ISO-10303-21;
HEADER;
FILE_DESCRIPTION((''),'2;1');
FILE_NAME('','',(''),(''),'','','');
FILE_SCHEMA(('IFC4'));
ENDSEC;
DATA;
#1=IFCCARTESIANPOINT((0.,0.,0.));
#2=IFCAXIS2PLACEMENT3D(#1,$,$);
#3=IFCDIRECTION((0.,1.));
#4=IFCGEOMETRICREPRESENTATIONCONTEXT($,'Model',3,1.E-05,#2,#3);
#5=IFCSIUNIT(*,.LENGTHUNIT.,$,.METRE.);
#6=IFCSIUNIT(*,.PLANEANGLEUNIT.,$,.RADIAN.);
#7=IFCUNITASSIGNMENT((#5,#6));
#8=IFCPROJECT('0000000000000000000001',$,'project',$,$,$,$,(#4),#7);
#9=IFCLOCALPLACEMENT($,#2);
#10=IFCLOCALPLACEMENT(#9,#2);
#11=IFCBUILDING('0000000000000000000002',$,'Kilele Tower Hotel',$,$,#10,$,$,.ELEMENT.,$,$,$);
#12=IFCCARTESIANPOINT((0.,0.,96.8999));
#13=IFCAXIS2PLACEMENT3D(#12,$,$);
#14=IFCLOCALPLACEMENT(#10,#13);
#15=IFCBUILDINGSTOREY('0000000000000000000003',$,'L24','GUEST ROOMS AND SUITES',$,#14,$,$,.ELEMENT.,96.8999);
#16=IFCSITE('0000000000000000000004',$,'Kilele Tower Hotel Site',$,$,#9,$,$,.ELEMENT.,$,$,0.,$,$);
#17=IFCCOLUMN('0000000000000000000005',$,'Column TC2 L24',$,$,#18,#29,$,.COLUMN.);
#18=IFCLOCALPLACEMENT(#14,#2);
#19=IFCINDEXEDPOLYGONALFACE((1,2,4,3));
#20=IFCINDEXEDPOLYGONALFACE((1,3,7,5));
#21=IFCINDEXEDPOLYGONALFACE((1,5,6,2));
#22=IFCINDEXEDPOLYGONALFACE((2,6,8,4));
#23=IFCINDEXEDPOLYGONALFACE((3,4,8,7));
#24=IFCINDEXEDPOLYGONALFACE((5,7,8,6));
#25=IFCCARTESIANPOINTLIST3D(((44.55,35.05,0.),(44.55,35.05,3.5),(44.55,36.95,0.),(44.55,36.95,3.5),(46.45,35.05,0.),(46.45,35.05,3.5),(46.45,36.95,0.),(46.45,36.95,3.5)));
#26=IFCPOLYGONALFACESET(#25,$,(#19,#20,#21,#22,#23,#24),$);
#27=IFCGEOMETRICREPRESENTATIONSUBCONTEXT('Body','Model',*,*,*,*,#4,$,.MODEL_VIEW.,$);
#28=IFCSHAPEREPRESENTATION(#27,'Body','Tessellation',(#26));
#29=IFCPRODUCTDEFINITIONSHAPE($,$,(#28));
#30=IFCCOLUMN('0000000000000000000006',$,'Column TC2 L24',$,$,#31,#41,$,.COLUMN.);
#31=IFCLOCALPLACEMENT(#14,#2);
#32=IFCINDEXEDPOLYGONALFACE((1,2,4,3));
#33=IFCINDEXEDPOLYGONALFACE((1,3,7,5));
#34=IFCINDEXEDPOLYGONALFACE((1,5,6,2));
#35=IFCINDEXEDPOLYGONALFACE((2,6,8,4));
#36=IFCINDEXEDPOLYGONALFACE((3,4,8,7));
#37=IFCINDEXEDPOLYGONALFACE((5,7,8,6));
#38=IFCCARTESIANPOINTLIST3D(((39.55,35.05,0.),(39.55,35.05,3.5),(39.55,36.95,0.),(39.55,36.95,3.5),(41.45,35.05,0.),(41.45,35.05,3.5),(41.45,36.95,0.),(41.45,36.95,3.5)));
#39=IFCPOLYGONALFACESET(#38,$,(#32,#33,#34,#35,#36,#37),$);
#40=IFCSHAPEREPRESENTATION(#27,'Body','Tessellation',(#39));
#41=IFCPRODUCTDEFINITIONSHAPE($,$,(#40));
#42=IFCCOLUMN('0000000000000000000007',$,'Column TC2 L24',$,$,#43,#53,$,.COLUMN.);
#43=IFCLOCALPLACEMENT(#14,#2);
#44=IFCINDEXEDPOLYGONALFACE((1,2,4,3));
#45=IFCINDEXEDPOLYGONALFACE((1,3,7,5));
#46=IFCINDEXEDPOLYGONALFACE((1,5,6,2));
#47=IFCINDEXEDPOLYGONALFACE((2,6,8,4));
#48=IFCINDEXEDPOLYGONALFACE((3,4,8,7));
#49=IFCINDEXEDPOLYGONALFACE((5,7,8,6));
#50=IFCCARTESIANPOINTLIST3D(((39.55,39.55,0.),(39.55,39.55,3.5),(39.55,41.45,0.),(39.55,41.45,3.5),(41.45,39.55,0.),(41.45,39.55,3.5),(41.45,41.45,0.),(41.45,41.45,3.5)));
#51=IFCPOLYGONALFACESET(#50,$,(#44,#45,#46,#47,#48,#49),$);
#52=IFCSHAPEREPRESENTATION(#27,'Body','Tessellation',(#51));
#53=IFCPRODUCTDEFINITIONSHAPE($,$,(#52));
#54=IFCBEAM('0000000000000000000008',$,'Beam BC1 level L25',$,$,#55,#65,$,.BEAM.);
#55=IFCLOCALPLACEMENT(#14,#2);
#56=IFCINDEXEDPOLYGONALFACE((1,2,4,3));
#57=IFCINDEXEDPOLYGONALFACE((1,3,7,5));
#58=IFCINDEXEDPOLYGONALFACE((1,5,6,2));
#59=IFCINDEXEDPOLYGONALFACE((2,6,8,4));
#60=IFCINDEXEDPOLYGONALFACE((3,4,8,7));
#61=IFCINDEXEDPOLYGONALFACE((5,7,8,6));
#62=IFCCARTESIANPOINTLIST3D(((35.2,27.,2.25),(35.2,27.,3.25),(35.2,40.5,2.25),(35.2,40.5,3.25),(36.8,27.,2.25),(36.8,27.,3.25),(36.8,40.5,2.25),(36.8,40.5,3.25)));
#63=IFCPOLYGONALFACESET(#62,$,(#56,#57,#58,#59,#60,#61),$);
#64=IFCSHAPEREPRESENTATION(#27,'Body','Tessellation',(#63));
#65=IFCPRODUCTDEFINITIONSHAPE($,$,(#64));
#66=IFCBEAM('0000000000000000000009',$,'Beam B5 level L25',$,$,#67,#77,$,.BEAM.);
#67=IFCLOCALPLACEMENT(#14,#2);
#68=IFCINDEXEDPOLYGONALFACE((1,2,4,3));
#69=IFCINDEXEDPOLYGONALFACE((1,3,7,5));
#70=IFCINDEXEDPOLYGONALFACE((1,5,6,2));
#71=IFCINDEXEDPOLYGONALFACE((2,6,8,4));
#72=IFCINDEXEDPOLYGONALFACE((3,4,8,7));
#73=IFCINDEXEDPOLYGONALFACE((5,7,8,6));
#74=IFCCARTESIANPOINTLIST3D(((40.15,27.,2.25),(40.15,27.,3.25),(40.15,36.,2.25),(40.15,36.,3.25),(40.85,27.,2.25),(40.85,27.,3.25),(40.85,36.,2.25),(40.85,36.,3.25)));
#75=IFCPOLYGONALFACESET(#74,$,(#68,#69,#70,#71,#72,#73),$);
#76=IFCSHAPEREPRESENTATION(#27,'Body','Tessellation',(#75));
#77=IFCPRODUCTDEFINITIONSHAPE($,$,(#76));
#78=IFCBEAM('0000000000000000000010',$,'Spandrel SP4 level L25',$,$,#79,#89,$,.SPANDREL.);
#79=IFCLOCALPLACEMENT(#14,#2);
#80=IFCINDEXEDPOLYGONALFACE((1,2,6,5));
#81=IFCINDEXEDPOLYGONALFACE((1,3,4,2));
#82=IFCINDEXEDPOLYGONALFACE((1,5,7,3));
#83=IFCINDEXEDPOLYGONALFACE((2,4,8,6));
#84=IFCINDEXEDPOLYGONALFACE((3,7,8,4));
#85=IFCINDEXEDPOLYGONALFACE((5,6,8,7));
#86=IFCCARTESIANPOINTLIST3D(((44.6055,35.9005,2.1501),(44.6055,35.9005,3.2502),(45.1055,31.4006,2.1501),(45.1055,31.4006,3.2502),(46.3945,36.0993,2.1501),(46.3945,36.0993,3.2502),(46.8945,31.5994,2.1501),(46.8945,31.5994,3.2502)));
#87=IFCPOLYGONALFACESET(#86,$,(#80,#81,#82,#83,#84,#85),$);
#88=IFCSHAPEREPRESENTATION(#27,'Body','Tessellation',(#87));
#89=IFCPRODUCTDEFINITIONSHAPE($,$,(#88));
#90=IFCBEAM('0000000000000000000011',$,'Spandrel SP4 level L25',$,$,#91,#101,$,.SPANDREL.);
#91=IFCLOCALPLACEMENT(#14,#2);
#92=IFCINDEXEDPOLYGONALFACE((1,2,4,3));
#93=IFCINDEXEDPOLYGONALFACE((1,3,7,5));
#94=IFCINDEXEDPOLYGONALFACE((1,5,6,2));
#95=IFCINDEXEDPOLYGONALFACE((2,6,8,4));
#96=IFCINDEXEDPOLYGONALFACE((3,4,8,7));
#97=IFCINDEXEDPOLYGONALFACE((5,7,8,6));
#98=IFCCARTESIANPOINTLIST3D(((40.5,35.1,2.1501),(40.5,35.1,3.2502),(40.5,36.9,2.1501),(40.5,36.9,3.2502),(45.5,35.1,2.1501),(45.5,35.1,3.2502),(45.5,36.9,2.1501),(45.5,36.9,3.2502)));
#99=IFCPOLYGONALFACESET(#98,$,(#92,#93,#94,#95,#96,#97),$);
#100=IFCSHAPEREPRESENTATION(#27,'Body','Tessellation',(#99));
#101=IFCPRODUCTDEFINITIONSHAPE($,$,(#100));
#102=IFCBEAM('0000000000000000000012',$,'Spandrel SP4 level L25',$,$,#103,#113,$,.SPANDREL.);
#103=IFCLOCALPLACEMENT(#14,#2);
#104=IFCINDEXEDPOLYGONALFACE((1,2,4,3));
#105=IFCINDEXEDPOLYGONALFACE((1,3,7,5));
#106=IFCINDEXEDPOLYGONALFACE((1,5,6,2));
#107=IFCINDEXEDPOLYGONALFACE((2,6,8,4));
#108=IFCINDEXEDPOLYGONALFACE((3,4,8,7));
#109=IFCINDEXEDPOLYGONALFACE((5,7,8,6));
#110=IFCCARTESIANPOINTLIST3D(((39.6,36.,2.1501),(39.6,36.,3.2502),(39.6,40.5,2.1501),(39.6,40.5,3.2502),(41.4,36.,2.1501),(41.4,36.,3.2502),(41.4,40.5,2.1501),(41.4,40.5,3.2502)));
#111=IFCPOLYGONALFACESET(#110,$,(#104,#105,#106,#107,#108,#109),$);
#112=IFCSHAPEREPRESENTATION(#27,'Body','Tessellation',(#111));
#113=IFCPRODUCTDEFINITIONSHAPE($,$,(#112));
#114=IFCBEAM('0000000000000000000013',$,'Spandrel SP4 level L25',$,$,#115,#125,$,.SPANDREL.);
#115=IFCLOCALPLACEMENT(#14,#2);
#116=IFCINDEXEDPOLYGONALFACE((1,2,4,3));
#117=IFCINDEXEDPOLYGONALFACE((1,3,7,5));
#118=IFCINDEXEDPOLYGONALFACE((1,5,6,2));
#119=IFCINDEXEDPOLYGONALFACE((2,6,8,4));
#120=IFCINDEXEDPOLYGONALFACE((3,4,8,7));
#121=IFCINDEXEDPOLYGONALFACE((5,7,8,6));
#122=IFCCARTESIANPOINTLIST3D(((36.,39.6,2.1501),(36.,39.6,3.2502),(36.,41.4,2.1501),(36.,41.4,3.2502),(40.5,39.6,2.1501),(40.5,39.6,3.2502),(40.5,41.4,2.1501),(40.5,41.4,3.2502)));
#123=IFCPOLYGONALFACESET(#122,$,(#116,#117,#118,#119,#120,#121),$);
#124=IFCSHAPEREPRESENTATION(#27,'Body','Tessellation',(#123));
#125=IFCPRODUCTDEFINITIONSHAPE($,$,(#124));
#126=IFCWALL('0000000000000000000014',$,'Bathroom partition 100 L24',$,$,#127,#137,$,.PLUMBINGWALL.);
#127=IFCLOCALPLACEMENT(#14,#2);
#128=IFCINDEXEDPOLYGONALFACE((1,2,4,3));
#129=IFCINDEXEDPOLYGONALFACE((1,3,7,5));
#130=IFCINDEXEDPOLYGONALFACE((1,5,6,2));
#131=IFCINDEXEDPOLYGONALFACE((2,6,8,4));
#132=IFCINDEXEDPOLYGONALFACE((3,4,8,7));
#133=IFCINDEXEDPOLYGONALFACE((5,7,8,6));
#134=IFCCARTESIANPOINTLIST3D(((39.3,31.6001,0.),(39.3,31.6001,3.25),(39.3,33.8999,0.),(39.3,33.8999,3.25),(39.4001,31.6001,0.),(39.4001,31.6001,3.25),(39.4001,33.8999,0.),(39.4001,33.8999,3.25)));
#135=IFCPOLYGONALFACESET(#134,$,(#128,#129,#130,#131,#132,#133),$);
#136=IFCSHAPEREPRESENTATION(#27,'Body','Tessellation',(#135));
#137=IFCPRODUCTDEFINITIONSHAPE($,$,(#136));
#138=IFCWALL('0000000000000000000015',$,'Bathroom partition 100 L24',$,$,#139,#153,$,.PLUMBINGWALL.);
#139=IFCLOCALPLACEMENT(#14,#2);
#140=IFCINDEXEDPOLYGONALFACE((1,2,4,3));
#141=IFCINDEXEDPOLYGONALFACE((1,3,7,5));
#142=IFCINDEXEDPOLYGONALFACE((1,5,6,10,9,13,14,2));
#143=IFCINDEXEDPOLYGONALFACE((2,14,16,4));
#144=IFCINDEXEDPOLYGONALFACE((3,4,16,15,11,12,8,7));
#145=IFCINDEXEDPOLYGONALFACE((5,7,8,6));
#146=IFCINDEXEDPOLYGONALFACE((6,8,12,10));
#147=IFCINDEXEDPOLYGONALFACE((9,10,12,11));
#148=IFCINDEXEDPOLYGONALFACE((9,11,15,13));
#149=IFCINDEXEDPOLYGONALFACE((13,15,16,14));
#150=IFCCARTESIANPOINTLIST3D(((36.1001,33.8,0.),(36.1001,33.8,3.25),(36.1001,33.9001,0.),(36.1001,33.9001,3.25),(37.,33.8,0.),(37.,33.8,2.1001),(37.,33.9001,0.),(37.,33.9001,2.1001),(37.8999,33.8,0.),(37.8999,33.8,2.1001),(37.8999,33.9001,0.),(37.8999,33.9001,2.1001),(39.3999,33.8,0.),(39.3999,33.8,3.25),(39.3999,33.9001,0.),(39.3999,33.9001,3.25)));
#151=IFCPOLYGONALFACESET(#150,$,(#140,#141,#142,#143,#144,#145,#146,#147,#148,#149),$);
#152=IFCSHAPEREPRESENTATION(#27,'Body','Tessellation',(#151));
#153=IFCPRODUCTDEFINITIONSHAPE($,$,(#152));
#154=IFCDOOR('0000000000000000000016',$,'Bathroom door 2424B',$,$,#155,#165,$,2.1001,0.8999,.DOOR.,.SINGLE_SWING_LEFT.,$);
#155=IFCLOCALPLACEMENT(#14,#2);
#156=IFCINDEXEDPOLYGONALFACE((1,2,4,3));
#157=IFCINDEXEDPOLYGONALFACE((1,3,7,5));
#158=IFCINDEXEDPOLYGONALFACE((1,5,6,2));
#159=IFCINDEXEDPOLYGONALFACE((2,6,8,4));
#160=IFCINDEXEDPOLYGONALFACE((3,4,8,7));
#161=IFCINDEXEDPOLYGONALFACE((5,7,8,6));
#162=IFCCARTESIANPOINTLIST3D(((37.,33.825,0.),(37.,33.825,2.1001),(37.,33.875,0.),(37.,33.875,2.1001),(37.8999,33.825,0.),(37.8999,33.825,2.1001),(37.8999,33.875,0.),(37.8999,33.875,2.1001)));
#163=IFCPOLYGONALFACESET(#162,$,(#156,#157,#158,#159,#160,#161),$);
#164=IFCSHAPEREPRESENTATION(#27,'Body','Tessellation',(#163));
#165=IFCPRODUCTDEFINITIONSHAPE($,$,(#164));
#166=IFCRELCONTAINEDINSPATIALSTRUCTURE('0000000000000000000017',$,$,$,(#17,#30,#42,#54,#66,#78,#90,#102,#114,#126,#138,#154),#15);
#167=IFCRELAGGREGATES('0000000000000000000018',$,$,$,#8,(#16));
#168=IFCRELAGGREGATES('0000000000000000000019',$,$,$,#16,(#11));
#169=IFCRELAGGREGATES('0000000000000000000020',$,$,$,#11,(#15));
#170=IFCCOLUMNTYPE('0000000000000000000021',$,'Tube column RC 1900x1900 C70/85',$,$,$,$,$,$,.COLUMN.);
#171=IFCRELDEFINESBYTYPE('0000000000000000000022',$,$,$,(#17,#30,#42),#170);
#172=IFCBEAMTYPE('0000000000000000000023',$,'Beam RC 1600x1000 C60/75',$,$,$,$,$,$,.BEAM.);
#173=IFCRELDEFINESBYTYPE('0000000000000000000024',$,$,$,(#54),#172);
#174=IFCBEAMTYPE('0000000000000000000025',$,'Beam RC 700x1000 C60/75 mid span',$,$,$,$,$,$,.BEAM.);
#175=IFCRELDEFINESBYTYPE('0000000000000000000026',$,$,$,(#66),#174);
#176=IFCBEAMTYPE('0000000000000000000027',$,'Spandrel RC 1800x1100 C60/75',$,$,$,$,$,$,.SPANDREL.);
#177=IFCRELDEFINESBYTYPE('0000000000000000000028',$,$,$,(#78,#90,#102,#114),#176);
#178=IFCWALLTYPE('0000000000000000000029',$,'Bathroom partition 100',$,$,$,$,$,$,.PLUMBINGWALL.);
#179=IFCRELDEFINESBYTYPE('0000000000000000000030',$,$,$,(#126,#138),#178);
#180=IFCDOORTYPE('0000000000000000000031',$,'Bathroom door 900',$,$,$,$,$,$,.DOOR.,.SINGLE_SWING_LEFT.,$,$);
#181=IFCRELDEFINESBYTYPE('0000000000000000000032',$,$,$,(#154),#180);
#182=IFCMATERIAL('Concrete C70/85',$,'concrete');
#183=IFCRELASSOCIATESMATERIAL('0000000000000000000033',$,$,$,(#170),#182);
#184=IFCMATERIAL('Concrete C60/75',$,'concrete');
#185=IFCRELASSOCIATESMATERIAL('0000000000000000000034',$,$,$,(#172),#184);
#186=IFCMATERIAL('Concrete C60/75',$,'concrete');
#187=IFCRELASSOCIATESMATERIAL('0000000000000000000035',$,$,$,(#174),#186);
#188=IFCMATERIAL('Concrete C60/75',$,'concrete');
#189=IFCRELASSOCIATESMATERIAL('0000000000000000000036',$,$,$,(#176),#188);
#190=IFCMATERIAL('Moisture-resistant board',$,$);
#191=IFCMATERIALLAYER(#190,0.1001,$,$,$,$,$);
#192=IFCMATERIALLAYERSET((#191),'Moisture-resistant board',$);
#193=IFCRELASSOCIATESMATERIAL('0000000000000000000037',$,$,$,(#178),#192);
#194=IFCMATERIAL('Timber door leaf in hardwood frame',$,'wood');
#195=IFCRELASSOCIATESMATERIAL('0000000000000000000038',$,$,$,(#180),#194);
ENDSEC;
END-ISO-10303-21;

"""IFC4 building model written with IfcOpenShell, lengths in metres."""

from ifc_helpers import new_model, si_unit, direction, frame, frame_2d, origin, origin_2d, place, context, subcontext, project, spatial, rectangle, extrude, material, layer, layer_set, material_profile, profile_set, type_object, element, fill, save


model = new_model("IFC4")

# Units and contexts
model_context = context("Model", 3, precision=1e-05, world=origin(), true_north=direction((0.0, 1.0)))
body_context = subcontext(model_context, "Body", "Model", "MODEL_VIEW")
ifc_project = project(units=[si_unit("LENGTHUNIT", "METRE"), si_unit("PLANEANGLEUNIT", "RADIAN")], contexts=[model_context])

# Site, building, storey
site_placement = place(None, origin())
site = spatial("IfcSite", under=ifc_project, at=site_placement, Name="Kilele Tower Hotel Site", CompositionType="ELEMENT", RefElevation=0.0)
building_placement = place(site_placement, origin())
building = spatial("IfcBuilding", under=site, at=building_placement, Name="Kilele Tower Hotel", CompositionType="ELEMENT")
storey_placement = place(building_placement, frame((0.0, 0.0, 96.8999)))
storey = spatial("IfcBuildingStorey", under=building, at=storey_placement, Name="L24", Description="GUEST ROOMS AND SUITES", CompositionType="ELEMENT", Elevation=96.8999)

# Columns
ifc_material_1 = material(Name="Concrete C70/85", Category="concrete")
ifc_material_profile_1 = material_profile(ifc_material_1, rectangle(XDim=1.8999, YDim=1.8999, at=origin_2d()))
ifc_profile_set_1 = profile_set([ifc_material_profile_1], Name="Concrete C70/85")
column_type = type_object("IfcColumnType", Name="Tube column RC 1900x1900 C70/85", PredefinedType="COLUMN", material=ifc_profile_set_1)
for number, where, z_axis, x_axis, name in (
    (1, (45.5, 36.0, 0.0), (0.0, 0.0, 1.0), (1.0, 0.0, 0.0), "Column TC2 L24"),
    (2, (40.5, 36.0, 0.0), (0.0, 0.0, 1.0), (1.0, 0.0, 0.0), "Column TC2 L24"),
    (3, (40.5, 40.5, 0.0), (0.0, 0.0, 1.0), (1.0, 0.0, 0.0), "Column TC2 L24"),
):
    element("IfcColumn", number, at=place(storey_placement, frame(where, z_axis=z_axis, x_axis=x_axis)), inside=storey, type_object=column_type, Name=name, PredefinedType="COLUMN", context=body_context, shape_type="SweptSolid", body=[
        extrude(rectangle(XDim=1.8999, YDim=1.8999, at=origin_2d()), origin(), (0.0, 0.0, 1.0), 3.5),
    ])

# Beams
ifc_material_2 = material(Name="Concrete C60/75", Category="concrete")
ifc_material_profile_2 = material_profile(ifc_material_2, rectangle(XDim=1.6001, YDim=1.0, at=origin_2d()))
ifc_profile_set_2 = profile_set([ifc_material_profile_2], Name="Concrete C60/75")
beam_type_1 = type_object("IfcBeamType", Name="Beam RC 1600x1000 C60/75", PredefinedType="BEAM", material=ifc_profile_set_2)
beam_1_placement = place(storey_placement, frame((36.0, 40.5, 2.75), z_axis=(0.0, -1.0, 0.0), x_axis=(1.0, 0.0, 0.0)))
element("IfcBeam", 4, at=beam_1_placement, inside=storey, type_object=beam_type_1, Name="Beam BC1 level L25", PredefinedType="BEAM", context=body_context, shape_type="SweptSolid", body=[
    extrude(rectangle(XDim=1.6001, YDim=1.0, at=origin_2d()), origin(), (0.0, 0.0, 1.0), 13.5),
])
ifc_material_3 = material(Name="Concrete C60/75", Category="concrete")
ifc_material_profile_3 = material_profile(ifc_material_3, rectangle(XDim=0.7, YDim=1.0, at=origin_2d()))
ifc_profile_set_3 = profile_set([ifc_material_profile_3], Name="Concrete C60/75")
beam_type_2 = type_object("IfcBeamType", Name="Beam RC 700x1000 C60/75 mid span", PredefinedType="BEAM", material=ifc_profile_set_3)
beam_2_placement = place(storey_placement, frame((40.5, 36.0, 2.75), z_axis=(0.0, -1.0, 0.0), x_axis=(1.0, 0.0, 0.0)))
element("IfcBeam", 5, at=beam_2_placement, inside=storey, type_object=beam_type_2, Name="Beam B5 level L25", PredefinedType="BEAM", context=body_context, shape_type="SweptSolid", body=[
    extrude(rectangle(XDim=0.7, YDim=1.0, at=origin_2d()), origin(), (0.0, 0.0, 1.0), 9.0),
])
ifc_material_4 = material(Name="Concrete C60/75", Category="concrete")
ifc_material_profile_4 = material_profile(ifc_material_4, rectangle(XDim=1.8, YDim=1.1001, at=origin_2d()))
ifc_profile_set_4 = profile_set([ifc_material_profile_4], Name="Concrete C60/75")
beam_type_3 = type_object("IfcBeamType", Name="Spandrel RC 1800x1100 C60/75", PredefinedType="SPANDREL", material=ifc_profile_set_4)
beam_3_placement = place(storey_placement, frame((46.0, 31.5, 2.7002), z_axis=(-0.110432, 0.993884, 0.0), x_axis=(-0.993884, -0.110432, 0.0)))
element("IfcBeam", 6, at=beam_3_placement, inside=storey, type_object=beam_type_3, Name="Spandrel SP4 level L25", PredefinedType="SPANDREL", context=body_context, shape_type="SweptSolid", body=[
    extrude(rectangle(XDim=1.8, YDim=1.1001, at=origin_2d()), origin(), (0.0, 0.0, 1.0), 4.5276),
])
beam_4_placement = place(storey_placement, frame((45.5, 36.0, 2.7002), z_axis=(-1.0, 0.0, 0.0), x_axis=(0.0, -1.0, 0.0)))
element("IfcBeam", 7, at=beam_4_placement, inside=storey, type_object=beam_type_3, Name="Spandrel SP4 level L25", PredefinedType="SPANDREL", context=body_context, shape_type="SweptSolid", body=[
    extrude(rectangle(XDim=1.8, YDim=1.1001, at=origin_2d()), origin(), (0.0, 0.0, 1.0), 5.0),
])
for number, where, z_axis, x_axis, name in (
    (8, (40.5, 36.0, 2.7002), (0.0, 1.0, 0.0), (-1.0, 0.0, 0.0), "Spandrel SP4 level L25"),
    (9, (40.5, 40.5, 2.7002), (-1.0, 0.0, 0.0), (0.0, -1.0, 0.0), "Spandrel SP4 level L25"),
):
    element("IfcBeam", number, at=place(storey_placement, frame(where, z_axis=z_axis, x_axis=x_axis)), inside=storey, type_object=beam_type_3, Name=name, PredefinedType="SPANDREL", context=body_context, shape_type="SweptSolid", body=[
        extrude(rectangle(XDim=1.8, YDim=1.1001, at=origin_2d()), origin(), (0.0, 0.0, 1.0), 4.5),
    ])

# Wall
ifc_material_5 = material(Name="Moisture-resistant board")
ifc_layer_1 = layer(ifc_material_5, 0.1001)
ifc_layer_set_1 = layer_set([ifc_layer_1], Name="Moisture-resistant board")
wall_type_1 = type_object("IfcWallType", Name="Bathroom partition 100", PredefinedType="PLUMBINGWALL", material=ifc_layer_set_1)
wall_1_placement = place(storey_placement, frame((39.3501, 31.6001, 0.0), z_axis=(0.0, 0.0, 1.0), x_axis=(0.0, 1.0, 0.0)))
element("IfcWall", 10, at=wall_1_placement, inside=storey, type_object=wall_type_1, Name="Bathroom partition 100 L24", PredefinedType="PLUMBINGWALL", context=body_context, shape_type="SweptSolid", body=[
    extrude(rectangle(XDim=2.2998, YDim=0.1001, at=frame_2d((1.1499, 0.0))), origin(), (0.0, 0.0, 1.0), 3.25),
])

# Wall, opening, door
wall_2_placement = place(storey_placement, frame((36.1001, 33.8501, 0.0), z_axis=(0.0, 0.0, 1.0), x_axis=(1.0, 0.0, 0.0)))
wall_2 = element("IfcWall", 11, at=wall_2_placement, inside=storey, type_object=wall_type_1, Name="Bathroom partition 100 L24", PredefinedType="PLUMBINGWALL", context=body_context, shape_type="SweptSolid", body=[
    extrude(rectangle(XDim=3.2998, YDim=0.1001, at=frame_2d((1.6499, 0.0))), origin(), (0.0, 0.0, 1.0), 3.25),
])
opening_1_placement = place(wall_2_placement, frame((0.8999, 0.0, 0.0)))
opening_1 = element("IfcOpeningElement", 12, at=opening_1_placement, cuts=wall_2, PredefinedType="OPENING", context=body_context, shape_type="SweptSolid", body=[
    extrude(rectangle(XDim=0.8999, YDim=2.1001, at=frame_2d((0.45, 1.05))), frame((0.0, 0.0601, 0.0), z_axis=(0.0, -1.0, 0.0), x_axis=(1.0, 0.0, 0.0)), (0.0, 0.0, 1.0), 0.1201),
])
ifc_material_6 = material(Name="Timber door leaf in hardwood frame", Category="wood")
door_type_1 = type_object("IfcDoorType", Name="Bathroom door 900", OperationType="SINGLE_SWING_LEFT", PredefinedType="DOOR", material=ifc_material_6)
door_1_placement = place(opening_1_placement, origin())
door_1 = element("IfcDoor", 13, at=door_1_placement, inside=storey, type_object=door_type_1, Name="Bathroom door 2424B", OperationType="SINGLE_SWING_LEFT", OverallHeight=2.1001, OverallWidth=0.8999, PredefinedType="DOOR", context=body_context, shape_type="SweptSolid", body=[
    extrude(rectangle(XDim=0.8999, YDim=2.1001, at=frame_2d((0.45, 1.05))), frame((0.0, 0.0249, 0.0), z_axis=(0.0, -1.0, 0.0), x_axis=(1.0, 0.0, 0.0)), (0.0, 0.0, 1.0), 0.05),
])
fill(opening_1, door_1)

save(model, "model.ifc")
